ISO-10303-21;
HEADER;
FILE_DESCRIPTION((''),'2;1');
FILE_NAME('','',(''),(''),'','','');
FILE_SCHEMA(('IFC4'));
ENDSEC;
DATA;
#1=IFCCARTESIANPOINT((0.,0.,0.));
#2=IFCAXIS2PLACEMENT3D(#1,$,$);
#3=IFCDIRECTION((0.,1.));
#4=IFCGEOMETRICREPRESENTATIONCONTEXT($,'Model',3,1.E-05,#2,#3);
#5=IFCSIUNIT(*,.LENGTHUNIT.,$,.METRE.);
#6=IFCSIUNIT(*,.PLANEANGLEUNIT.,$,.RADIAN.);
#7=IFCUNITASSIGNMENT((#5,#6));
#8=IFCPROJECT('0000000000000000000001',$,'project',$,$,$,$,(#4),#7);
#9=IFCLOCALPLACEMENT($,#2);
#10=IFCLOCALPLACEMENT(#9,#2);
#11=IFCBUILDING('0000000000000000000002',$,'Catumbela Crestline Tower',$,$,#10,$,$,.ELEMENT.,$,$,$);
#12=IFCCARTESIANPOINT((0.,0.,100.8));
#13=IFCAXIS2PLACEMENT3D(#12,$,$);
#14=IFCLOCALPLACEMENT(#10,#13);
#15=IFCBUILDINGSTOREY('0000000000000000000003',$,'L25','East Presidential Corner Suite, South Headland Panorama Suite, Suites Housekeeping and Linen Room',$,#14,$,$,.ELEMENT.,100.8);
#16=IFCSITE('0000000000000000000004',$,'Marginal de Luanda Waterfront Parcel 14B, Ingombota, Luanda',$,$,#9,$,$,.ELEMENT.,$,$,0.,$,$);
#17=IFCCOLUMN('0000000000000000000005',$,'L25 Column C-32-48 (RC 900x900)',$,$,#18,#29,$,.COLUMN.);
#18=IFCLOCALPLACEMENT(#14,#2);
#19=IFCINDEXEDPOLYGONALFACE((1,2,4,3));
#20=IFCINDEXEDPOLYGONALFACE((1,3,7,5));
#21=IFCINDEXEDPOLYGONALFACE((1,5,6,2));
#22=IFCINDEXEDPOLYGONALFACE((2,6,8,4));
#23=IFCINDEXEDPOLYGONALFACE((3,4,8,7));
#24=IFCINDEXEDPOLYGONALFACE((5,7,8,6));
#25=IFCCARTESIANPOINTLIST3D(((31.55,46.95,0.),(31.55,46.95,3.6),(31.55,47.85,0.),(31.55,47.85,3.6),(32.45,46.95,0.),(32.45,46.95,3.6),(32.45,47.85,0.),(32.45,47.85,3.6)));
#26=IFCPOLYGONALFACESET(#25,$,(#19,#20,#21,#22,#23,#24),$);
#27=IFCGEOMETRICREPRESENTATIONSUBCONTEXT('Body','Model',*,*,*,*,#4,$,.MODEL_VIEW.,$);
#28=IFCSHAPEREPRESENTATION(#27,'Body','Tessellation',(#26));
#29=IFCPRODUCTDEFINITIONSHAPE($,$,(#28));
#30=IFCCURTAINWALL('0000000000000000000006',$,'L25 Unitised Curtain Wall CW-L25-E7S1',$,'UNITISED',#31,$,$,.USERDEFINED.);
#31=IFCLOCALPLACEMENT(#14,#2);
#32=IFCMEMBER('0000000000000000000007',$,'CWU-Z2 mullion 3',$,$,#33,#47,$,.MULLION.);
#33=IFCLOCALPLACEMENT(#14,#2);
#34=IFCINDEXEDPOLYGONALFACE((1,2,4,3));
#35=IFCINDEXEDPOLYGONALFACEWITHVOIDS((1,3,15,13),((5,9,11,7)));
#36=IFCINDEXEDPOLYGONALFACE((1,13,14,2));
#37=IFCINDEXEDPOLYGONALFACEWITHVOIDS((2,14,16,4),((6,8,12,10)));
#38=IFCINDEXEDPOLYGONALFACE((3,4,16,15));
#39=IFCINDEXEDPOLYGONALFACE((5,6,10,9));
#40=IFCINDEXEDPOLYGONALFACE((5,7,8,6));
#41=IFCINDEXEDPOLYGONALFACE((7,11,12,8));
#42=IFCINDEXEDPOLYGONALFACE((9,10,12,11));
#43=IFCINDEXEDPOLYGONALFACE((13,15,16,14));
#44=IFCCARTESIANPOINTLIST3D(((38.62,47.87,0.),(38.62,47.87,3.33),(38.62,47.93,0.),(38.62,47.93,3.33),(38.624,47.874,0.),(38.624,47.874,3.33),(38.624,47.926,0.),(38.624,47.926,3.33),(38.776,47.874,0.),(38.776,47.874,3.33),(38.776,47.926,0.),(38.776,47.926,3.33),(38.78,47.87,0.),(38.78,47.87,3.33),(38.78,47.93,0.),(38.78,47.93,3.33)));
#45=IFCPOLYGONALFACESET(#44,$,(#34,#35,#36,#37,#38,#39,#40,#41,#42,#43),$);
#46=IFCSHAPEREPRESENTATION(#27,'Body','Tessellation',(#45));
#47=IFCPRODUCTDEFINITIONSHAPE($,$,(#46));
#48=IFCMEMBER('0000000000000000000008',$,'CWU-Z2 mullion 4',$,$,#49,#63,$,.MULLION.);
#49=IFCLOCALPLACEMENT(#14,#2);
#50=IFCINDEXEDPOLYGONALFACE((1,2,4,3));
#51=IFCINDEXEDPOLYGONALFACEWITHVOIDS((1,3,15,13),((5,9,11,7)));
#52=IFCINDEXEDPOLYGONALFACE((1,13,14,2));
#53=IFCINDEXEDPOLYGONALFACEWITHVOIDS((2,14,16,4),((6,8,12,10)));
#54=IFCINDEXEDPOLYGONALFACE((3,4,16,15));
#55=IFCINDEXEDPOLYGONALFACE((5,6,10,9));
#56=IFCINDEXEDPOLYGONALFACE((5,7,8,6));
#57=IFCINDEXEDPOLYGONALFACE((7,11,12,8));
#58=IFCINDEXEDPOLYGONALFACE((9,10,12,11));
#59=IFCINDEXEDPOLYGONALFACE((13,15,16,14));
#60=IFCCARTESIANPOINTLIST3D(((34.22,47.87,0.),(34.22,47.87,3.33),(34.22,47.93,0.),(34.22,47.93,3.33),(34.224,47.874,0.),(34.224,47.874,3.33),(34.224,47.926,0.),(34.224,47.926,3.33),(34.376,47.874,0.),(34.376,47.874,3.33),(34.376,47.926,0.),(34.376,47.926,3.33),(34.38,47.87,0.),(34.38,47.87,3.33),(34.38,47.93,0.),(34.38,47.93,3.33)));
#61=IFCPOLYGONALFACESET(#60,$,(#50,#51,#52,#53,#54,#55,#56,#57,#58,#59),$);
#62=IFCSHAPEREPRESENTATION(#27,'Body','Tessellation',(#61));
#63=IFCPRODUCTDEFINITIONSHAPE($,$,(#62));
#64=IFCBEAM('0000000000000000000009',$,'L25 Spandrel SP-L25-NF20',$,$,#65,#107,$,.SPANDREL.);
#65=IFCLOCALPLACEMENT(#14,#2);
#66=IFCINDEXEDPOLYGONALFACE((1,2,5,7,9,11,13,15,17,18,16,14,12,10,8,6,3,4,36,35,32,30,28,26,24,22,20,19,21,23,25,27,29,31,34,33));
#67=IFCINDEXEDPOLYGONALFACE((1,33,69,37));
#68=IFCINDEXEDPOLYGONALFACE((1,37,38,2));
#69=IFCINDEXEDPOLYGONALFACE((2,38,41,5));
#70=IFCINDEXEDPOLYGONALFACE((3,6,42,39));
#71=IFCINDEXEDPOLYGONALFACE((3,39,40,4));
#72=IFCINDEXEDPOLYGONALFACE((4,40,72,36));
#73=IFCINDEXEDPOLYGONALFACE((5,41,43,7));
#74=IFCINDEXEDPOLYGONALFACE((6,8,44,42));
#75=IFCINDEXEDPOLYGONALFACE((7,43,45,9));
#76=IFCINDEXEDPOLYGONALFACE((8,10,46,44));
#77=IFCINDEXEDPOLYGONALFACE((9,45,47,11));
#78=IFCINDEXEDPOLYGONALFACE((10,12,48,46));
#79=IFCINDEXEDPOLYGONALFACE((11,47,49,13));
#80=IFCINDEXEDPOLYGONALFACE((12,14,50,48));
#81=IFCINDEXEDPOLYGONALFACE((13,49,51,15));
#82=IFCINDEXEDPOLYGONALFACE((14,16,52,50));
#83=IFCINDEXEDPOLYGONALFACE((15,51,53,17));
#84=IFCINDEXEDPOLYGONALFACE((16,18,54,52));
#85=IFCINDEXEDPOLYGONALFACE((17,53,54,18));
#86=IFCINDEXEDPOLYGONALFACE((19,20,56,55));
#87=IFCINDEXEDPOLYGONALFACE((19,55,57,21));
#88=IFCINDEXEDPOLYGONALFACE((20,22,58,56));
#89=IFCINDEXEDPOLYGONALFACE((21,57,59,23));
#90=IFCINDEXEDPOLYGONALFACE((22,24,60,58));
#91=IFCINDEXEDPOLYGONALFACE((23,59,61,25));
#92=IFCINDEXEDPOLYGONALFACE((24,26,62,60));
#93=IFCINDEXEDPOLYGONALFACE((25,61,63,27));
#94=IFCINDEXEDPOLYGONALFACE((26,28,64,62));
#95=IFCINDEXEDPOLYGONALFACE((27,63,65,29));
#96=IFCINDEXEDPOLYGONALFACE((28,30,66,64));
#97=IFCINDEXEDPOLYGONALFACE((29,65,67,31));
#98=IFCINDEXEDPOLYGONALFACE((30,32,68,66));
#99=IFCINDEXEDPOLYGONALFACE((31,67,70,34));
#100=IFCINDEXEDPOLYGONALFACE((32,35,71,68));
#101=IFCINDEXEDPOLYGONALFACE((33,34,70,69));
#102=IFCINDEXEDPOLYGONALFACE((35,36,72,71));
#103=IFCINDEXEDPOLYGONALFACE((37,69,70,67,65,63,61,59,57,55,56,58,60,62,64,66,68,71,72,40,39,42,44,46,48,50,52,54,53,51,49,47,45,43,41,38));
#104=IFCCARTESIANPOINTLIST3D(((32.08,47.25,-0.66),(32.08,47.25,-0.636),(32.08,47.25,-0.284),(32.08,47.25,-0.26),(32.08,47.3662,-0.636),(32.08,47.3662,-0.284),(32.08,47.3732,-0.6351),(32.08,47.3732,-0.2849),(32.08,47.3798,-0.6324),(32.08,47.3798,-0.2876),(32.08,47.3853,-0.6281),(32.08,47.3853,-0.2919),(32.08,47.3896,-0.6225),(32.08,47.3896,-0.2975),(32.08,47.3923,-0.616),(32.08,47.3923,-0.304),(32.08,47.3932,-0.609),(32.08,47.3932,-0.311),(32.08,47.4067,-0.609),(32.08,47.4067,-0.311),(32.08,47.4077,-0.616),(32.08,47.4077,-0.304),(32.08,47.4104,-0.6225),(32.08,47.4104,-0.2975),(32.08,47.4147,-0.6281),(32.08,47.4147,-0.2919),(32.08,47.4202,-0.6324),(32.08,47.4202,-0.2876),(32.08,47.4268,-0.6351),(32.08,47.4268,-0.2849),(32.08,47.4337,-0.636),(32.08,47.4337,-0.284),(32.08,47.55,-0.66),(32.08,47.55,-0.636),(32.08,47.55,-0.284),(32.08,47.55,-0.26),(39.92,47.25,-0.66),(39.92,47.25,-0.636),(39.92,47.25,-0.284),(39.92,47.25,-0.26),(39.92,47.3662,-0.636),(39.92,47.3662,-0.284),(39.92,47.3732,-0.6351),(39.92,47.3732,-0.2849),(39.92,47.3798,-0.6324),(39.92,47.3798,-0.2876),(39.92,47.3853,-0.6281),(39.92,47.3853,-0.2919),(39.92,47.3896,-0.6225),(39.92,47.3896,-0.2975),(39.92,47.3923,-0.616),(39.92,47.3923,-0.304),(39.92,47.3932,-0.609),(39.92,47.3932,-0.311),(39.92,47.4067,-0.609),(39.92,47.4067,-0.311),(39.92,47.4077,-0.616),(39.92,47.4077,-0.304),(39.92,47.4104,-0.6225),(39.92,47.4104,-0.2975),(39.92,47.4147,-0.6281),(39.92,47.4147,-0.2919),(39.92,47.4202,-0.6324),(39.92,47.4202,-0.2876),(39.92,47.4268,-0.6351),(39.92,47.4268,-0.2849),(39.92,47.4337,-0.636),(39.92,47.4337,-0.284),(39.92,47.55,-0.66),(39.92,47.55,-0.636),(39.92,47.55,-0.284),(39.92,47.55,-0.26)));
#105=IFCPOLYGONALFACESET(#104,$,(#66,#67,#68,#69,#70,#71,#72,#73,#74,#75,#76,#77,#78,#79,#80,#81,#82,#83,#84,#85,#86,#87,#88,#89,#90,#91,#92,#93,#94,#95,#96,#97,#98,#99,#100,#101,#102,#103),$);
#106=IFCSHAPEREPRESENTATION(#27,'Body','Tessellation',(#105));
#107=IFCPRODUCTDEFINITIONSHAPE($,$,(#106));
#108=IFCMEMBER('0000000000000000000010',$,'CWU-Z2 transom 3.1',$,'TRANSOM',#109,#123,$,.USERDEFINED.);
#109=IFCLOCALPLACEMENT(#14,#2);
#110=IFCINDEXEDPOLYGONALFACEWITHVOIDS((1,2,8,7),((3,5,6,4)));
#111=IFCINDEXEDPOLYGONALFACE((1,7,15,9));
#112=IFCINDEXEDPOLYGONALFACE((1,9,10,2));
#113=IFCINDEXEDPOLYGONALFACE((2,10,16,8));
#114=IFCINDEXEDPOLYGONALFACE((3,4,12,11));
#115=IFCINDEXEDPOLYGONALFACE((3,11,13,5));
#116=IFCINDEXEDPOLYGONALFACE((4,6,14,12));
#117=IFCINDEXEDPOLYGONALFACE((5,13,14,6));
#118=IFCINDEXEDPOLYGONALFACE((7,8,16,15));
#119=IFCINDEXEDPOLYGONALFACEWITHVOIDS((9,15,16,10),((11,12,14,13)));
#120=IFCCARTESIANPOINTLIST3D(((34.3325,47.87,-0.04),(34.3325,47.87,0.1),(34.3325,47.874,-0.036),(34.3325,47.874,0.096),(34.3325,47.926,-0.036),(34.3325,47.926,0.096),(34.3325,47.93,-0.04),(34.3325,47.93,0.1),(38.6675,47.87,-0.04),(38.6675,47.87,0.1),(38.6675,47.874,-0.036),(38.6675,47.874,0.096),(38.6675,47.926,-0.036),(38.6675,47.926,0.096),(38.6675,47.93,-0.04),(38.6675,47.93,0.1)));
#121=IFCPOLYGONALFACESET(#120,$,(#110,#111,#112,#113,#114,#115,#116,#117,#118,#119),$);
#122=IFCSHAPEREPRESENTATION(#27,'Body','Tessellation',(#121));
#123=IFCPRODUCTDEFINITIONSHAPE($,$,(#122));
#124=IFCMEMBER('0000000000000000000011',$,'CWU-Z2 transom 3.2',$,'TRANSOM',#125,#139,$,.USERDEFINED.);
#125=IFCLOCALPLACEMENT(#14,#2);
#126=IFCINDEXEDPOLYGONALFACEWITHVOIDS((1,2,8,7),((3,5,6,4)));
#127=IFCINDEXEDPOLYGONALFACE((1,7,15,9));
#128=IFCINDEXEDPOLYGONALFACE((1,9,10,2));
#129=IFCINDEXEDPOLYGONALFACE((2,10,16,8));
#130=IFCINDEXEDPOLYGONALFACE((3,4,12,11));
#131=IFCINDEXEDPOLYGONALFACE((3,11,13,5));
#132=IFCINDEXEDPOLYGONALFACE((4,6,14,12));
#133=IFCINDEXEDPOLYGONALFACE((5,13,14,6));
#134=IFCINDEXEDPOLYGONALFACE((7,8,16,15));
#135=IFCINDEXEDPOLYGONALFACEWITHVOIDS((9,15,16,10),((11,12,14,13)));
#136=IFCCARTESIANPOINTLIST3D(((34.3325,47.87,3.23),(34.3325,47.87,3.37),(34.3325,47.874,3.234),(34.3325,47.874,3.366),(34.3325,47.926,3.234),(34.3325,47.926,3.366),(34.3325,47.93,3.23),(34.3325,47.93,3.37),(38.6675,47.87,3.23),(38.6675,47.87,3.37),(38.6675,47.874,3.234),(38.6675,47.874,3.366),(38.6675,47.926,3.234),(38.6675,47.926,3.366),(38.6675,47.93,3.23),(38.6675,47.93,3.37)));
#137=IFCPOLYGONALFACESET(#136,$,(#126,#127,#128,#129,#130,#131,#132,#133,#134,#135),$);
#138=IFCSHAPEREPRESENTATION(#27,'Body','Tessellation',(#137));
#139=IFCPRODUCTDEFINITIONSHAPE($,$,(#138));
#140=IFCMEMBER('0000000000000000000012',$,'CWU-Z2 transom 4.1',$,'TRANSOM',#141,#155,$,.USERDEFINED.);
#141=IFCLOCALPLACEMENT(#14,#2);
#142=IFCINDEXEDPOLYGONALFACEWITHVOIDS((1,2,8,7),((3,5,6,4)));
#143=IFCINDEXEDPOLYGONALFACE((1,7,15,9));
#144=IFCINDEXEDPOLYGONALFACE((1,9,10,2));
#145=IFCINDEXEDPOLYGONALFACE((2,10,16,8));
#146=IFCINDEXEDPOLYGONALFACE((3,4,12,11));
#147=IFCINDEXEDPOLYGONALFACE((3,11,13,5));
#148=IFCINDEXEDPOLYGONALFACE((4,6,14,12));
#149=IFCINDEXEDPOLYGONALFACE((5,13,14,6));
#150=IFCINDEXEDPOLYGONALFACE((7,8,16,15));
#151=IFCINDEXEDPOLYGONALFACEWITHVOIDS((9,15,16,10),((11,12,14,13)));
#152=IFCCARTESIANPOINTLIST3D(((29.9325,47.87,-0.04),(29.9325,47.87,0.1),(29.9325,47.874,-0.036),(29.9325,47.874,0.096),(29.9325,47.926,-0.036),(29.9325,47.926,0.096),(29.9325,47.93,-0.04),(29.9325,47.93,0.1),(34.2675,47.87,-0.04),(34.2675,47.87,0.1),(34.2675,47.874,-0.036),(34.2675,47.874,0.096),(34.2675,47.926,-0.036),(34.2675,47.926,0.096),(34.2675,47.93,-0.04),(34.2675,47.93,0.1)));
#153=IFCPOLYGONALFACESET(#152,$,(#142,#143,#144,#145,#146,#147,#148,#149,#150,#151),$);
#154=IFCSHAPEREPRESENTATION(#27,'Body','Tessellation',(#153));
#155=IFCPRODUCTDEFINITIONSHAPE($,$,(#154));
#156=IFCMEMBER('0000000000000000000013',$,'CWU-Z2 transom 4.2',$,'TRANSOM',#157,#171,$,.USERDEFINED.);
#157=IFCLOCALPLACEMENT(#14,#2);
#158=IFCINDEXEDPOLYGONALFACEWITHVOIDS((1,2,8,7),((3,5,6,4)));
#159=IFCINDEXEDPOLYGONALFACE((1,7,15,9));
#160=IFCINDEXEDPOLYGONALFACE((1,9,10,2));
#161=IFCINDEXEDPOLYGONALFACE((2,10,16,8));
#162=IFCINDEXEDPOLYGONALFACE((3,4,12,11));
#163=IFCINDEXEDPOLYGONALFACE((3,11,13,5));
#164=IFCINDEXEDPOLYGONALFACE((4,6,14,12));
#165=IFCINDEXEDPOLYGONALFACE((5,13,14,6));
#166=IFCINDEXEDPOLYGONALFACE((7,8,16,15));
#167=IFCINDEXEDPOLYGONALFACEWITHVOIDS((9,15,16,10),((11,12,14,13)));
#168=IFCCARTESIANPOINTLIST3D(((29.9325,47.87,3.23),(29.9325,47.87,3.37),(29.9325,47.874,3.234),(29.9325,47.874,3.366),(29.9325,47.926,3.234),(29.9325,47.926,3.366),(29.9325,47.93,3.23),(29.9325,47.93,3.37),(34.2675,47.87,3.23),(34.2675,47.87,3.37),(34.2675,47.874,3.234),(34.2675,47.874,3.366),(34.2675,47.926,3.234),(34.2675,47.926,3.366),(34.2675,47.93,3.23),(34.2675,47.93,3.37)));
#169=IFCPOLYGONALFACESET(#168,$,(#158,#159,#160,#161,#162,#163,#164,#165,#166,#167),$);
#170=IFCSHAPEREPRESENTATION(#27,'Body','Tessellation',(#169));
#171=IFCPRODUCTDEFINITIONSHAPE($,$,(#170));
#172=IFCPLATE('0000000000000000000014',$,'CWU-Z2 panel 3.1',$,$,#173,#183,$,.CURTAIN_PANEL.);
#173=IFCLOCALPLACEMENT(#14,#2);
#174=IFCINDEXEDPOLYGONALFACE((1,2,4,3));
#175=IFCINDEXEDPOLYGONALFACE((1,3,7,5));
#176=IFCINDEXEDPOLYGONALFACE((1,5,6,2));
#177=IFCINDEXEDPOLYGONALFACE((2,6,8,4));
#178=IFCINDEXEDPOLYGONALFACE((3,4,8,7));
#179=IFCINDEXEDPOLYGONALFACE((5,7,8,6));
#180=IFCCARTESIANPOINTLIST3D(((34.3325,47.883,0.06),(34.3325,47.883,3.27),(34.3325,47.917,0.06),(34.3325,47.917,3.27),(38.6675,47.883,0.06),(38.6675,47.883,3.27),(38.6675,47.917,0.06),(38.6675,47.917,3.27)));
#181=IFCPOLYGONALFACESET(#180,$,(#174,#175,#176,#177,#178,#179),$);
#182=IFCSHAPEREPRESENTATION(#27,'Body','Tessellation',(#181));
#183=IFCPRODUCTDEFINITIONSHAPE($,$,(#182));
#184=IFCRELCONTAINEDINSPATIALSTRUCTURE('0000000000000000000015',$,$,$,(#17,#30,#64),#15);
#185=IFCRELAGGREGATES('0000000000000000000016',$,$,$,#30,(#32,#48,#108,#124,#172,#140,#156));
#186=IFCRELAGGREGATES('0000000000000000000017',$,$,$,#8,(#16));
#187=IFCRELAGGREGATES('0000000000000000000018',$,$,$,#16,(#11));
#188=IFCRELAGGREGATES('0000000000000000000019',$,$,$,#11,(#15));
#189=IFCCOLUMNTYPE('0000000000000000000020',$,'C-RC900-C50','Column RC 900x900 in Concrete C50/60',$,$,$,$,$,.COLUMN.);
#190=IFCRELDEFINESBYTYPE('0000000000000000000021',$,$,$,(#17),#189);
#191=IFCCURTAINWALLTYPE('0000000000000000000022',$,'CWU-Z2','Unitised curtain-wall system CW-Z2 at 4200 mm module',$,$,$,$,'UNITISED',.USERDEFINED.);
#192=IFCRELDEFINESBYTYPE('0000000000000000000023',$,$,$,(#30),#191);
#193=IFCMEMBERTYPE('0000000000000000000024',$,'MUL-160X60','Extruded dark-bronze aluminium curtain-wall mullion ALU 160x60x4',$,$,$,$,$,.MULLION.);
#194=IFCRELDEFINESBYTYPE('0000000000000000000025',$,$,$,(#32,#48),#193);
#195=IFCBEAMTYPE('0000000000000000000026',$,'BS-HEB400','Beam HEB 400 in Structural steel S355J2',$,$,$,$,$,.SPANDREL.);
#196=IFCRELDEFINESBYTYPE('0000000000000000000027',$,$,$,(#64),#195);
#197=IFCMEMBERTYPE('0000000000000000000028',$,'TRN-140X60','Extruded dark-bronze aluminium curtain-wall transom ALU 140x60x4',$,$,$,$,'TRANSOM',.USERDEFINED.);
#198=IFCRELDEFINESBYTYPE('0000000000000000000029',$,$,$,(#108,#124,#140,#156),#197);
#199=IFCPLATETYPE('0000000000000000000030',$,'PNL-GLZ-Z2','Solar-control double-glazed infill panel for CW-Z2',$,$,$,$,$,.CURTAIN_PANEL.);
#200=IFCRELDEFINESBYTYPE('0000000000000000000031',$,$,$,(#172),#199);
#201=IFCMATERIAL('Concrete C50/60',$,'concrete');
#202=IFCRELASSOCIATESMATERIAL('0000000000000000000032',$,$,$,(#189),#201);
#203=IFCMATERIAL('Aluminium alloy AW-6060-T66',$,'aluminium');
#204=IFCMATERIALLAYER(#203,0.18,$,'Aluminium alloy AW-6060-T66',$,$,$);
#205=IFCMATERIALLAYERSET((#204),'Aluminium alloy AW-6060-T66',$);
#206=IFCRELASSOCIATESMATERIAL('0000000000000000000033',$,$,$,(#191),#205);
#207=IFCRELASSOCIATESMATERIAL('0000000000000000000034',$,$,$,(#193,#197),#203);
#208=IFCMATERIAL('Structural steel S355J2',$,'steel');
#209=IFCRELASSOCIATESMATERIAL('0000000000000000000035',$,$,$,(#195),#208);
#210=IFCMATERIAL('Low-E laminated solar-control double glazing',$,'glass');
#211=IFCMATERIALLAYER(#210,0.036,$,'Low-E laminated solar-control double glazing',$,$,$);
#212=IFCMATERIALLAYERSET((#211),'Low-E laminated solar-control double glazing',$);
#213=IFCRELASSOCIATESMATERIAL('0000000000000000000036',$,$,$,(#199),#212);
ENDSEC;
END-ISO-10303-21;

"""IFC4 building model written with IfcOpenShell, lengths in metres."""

from ifc_helpers import new_model, si_unit, direction, frame, origin, origin_2d, place, context, subcontext, project, spatial, rectangle, hollow_rectangle, i_section, extrude, material, layer, layer_set, material_profile, profile_set, type_object, element, aggregate, save


model = new_model("IFC4")

# Units and contexts
model_context = context("Model", 3, precision=1e-05, world=origin(), true_north=direction((0.0, 1.0)))
body_context = subcontext(model_context, "Body", "Model", "MODEL_VIEW")
ifc_project = project(units=[si_unit("LENGTHUNIT", "METRE"), si_unit("PLANEANGLEUNIT", "RADIAN")], contexts=[model_context])

# Site, building, storey
site_placement = place(None, origin())
site = spatial("IfcSite", under=ifc_project, at=site_placement, Name="Marginal de Luanda Waterfront Parcel 14B, Ingombota, Luanda", CompositionType="ELEMENT", RefElevation=0.0)
building_placement = place(site_placement, origin())
building = spatial("IfcBuilding", under=site, at=building_placement, Name="Catumbela Crestline Tower", CompositionType="ELEMENT")
storey_placement = place(building_placement, frame((0.0, 0.0, 100.8)))
storey = spatial("IfcBuildingStorey", under=building, at=storey_placement, Name="L25", Description="East Presidential Corner Suite, South Headland Panorama Suite, Suites Housekeeping and Linen Room", CompositionType="ELEMENT", Elevation=100.8)

# Column
ifc_material_1 = material(Name="Concrete C50/60", Category="concrete")
ifc_material_profile_1 = material_profile(ifc_material_1, rectangle(XDim=0.9, YDim=0.9, at=origin_2d()), Name="RC 900x900")
ifc_profile_set_1 = profile_set([ifc_material_profile_1], Name="Concrete C50/60")
column_type = type_object("IfcColumnType", Name="C-RC900-C50", Description="Column RC 900x900 in Concrete C50/60", PredefinedType="COLUMN", material=ifc_profile_set_1)
column_placement = place(storey_placement, frame((32.0, 47.4, 0.0), z_axis=(0.0, 0.0, 1.0), x_axis=(1.0, 0.0, 0.0)))
element("IfcColumn", 1, at=column_placement, inside=storey, type_object=column_type, Name="L25 Column C-32-48 (RC 900x900)", PredefinedType="COLUMN", context=body_context, shape_type="SweptSolid", body=[
    extrude(rectangle(XDim=0.9, YDim=0.9, at=origin_2d()), origin(), (0.0, 0.0, 1.0), 3.6),
])

# Curtain wall, members
ifc_material_2 = material(Name="Aluminium alloy AW-6060-T66", Category="aluminium")
ifc_layer_1 = layer(ifc_material_2, 0.18, Name="Aluminium alloy AW-6060-T66")
ifc_layer_set_1 = layer_set([ifc_layer_1], Name="Aluminium alloy AW-6060-T66")
curtain_wall_type = type_object("IfcCurtainWallType", Name="CWU-Z2", Description="Unitised curtain-wall system CW-Z2 at 4200 mm module", ElementType="UNITISED", PredefinedType="USERDEFINED", material=ifc_layer_set_1)
curtain_wall_placement = place(storey_placement, origin())
curtain_wall = element("IfcCurtainWall", 2, at=curtain_wall_placement, inside=storey, type_object=curtain_wall_type, Name="L25 Unitised Curtain Wall CW-L25-E7S1", ObjectType="UNITISED", PredefinedType="USERDEFINED")
ifc_material_profile_2 = material_profile(ifc_material_2, hollow_rectangle(XDim=0.06, YDim=0.16, WallThickness=0.004, at=origin_2d()), Name="ALU 160x60x4")
ifc_profile_set_2 = profile_set([ifc_material_profile_2], Name="Aluminium alloy AW-6060-T66")
member_type_1 = type_object("IfcMemberType", Name="MUL-160X60", Description="Extruded dark-bronze aluminium curtain-wall mullion ALU 160x60x4", PredefinedType="MULLION", material=ifc_profile_set_2)
member_1_placement = place(storey_placement, frame((38.7, 47.9, 0.0), z_axis=(0.0, 0.0, 1.0), x_axis=(0.0, -1.0, 0.0)))
member_1 = element("IfcMember", 3, at=member_1_placement, type_object=member_type_1, Name="CWU-Z2 mullion 3", PredefinedType="MULLION", context=body_context, shape_type="SweptSolid", body=[
    extrude(hollow_rectangle(XDim=0.06, YDim=0.16, WallThickness=0.004, at=origin_2d()), origin(), (0.0, 0.0, 1.0), 3.33),
])
member_2_placement = place(storey_placement, frame((34.3, 47.9, 0.0), z_axis=(0.0, 0.0, 1.0), x_axis=(0.0, -1.0, 0.0)))
member_2 = element("IfcMember", 4, at=member_2_placement, type_object=member_type_1, Name="CWU-Z2 mullion 4", PredefinedType="MULLION", context=body_context, shape_type="SweptSolid", body=[
    extrude(hollow_rectangle(XDim=0.06, YDim=0.16, WallThickness=0.004, at=origin_2d()), origin(), (0.0, 0.0, 1.0), 3.33),
])

# Beam
ifc_material_3 = material(Name="Structural steel S355J2", Category="steel")
ifc_material_profile_3 = material_profile(ifc_material_3, i_section(OverallWidth=0.3, OverallDepth=0.4, WebThickness=0.0135, FlangeThickness=0.024, FilletRadius=0.027, at=origin_2d()), Name="HEB 400")
ifc_profile_set_3 = profile_set([ifc_material_profile_3], Name="Structural steel S355J2")
beam_type = type_object("IfcBeamType", Name="BS-HEB400", Description="Beam HEB 400 in Structural steel S355J2", PredefinedType="SPANDREL", material=ifc_profile_set_3)
beam_placement = place(storey_placement, frame((32.08, 47.4, -0.46), z_axis=(1.0, 0.0, 0.0), x_axis=(0.0, 1.0, 0.0)))
element("IfcBeam", 5, at=beam_placement, inside=storey, type_object=beam_type, Name="L25 Spandrel SP-L25-NF20", PredefinedType="SPANDREL", context=body_context, shape_type="SweptSolid", body=[
    extrude(i_section(OverallWidth=0.3, OverallDepth=0.4, WebThickness=0.0135, FlangeThickness=0.024, FilletRadius=0.027, at=origin_2d()), origin(), (0.0, 0.0, 1.0), 7.84),
])

# Members
ifc_material_profile_4 = material_profile(ifc_material_2, hollow_rectangle(XDim=0.06, YDim=0.14, WallThickness=0.004, at=origin_2d()), Name="ALU 140x60x4")
ifc_profile_set_4 = profile_set([ifc_material_profile_4], Name="Aluminium alloy AW-6060-T66")
member_type_2 = type_object("IfcMemberType", Name="TRN-140X60", Description="Extruded dark-bronze aluminium curtain-wall transom ALU 140x60x4", ElementType="TRANSOM", PredefinedType="USERDEFINED", material=ifc_profile_set_4)
member_3_placement = place(storey_placement, frame((38.6675, 47.9, 0.03), z_axis=(-1.0, 0.0, 0.0), x_axis=(0.0, -1.0, 0.0)))
member_3 = element("IfcMember", 6, at=member_3_placement, type_object=member_type_2, Name="CWU-Z2 transom 3.1", ObjectType="TRANSOM", PredefinedType="USERDEFINED", context=body_context, shape_type="SweptSolid", body=[
    extrude(hollow_rectangle(XDim=0.06, YDim=0.14, WallThickness=0.004, at=origin_2d()), origin(), (0.0, 0.0, 1.0), 4.335),
])
member_4_placement = place(storey_placement, frame((38.6675, 47.9, 3.3), z_axis=(-1.0, 0.0, 0.0), x_axis=(0.0, -1.0, 0.0)))
member_4 = element("IfcMember", 7, at=member_4_placement, type_object=member_type_2, Name="CWU-Z2 transom 3.2", ObjectType="TRANSOM", PredefinedType="USERDEFINED", context=body_context, shape_type="SweptSolid", body=[
    extrude(hollow_rectangle(XDim=0.06, YDim=0.14, WallThickness=0.004, at=origin_2d()), origin(), (0.0, 0.0, 1.0), 4.335),
])
member_5_placement = place(storey_placement, frame((34.2675, 47.9, 0.03), z_axis=(-1.0, 0.0, 0.0), x_axis=(0.0, -1.0, 0.0)))
member_5 = element("IfcMember", 8, at=member_5_placement, type_object=member_type_2, Name="CWU-Z2 transom 4.1", ObjectType="TRANSOM", PredefinedType="USERDEFINED", context=body_context, shape_type="SweptSolid", body=[
    extrude(hollow_rectangle(XDim=0.06, YDim=0.14, WallThickness=0.004, at=origin_2d()), origin(), (0.0, 0.0, 1.0), 4.335),
])
member_6_placement = place(storey_placement, frame((34.2675, 47.9, 3.3), z_axis=(-1.0, 0.0, 0.0), x_axis=(0.0, -1.0, 0.0)))
member_6 = element("IfcMember", 9, at=member_6_placement, type_object=member_type_2, Name="CWU-Z2 transom 4.2", ObjectType="TRANSOM", PredefinedType="USERDEFINED", context=body_context, shape_type="SweptSolid", body=[
    extrude(hollow_rectangle(XDim=0.06, YDim=0.14, WallThickness=0.004, at=origin_2d()), origin(), (0.0, 0.0, 1.0), 4.335),
])

# Plate
ifc_material_4 = material(Name="Low-E laminated solar-control double glazing", Category="glass")
ifc_layer_2 = layer(ifc_material_4, 0.036, Name="Low-E laminated solar-control double glazing")
ifc_layer_set_2 = layer_set([ifc_layer_2], Name="Low-E laminated solar-control double glazing")
plate_type = type_object("IfcPlateType", Name="PNL-GLZ-Z2", Description="Solar-control double-glazed infill panel for CW-Z2", PredefinedType="CURTAIN_PANEL", material=ifc_layer_set_2)
plate_1_placement = place(storey_placement, frame((36.5, 47.9, 0.06), z_axis=(0.0, 0.0, 1.0), x_axis=(-1.0, 0.0, 0.0)))
plate_1 = element("IfcPlate", 10, at=plate_1_placement, type_object=plate_type, Name="CWU-Z2 panel 3.1", PredefinedType="CURTAIN_PANEL", context=body_context, shape_type="SweptSolid", body=[
    extrude(rectangle(XDim=4.335, YDim=0.034, at=origin_2d()), origin(), (0.0, 0.0, 1.0), 3.21),
])
aggregate(curtain_wall, [member_1, member_2, member_3, member_4, plate_1, member_5, member_6])

save(model, "model.ifc")
